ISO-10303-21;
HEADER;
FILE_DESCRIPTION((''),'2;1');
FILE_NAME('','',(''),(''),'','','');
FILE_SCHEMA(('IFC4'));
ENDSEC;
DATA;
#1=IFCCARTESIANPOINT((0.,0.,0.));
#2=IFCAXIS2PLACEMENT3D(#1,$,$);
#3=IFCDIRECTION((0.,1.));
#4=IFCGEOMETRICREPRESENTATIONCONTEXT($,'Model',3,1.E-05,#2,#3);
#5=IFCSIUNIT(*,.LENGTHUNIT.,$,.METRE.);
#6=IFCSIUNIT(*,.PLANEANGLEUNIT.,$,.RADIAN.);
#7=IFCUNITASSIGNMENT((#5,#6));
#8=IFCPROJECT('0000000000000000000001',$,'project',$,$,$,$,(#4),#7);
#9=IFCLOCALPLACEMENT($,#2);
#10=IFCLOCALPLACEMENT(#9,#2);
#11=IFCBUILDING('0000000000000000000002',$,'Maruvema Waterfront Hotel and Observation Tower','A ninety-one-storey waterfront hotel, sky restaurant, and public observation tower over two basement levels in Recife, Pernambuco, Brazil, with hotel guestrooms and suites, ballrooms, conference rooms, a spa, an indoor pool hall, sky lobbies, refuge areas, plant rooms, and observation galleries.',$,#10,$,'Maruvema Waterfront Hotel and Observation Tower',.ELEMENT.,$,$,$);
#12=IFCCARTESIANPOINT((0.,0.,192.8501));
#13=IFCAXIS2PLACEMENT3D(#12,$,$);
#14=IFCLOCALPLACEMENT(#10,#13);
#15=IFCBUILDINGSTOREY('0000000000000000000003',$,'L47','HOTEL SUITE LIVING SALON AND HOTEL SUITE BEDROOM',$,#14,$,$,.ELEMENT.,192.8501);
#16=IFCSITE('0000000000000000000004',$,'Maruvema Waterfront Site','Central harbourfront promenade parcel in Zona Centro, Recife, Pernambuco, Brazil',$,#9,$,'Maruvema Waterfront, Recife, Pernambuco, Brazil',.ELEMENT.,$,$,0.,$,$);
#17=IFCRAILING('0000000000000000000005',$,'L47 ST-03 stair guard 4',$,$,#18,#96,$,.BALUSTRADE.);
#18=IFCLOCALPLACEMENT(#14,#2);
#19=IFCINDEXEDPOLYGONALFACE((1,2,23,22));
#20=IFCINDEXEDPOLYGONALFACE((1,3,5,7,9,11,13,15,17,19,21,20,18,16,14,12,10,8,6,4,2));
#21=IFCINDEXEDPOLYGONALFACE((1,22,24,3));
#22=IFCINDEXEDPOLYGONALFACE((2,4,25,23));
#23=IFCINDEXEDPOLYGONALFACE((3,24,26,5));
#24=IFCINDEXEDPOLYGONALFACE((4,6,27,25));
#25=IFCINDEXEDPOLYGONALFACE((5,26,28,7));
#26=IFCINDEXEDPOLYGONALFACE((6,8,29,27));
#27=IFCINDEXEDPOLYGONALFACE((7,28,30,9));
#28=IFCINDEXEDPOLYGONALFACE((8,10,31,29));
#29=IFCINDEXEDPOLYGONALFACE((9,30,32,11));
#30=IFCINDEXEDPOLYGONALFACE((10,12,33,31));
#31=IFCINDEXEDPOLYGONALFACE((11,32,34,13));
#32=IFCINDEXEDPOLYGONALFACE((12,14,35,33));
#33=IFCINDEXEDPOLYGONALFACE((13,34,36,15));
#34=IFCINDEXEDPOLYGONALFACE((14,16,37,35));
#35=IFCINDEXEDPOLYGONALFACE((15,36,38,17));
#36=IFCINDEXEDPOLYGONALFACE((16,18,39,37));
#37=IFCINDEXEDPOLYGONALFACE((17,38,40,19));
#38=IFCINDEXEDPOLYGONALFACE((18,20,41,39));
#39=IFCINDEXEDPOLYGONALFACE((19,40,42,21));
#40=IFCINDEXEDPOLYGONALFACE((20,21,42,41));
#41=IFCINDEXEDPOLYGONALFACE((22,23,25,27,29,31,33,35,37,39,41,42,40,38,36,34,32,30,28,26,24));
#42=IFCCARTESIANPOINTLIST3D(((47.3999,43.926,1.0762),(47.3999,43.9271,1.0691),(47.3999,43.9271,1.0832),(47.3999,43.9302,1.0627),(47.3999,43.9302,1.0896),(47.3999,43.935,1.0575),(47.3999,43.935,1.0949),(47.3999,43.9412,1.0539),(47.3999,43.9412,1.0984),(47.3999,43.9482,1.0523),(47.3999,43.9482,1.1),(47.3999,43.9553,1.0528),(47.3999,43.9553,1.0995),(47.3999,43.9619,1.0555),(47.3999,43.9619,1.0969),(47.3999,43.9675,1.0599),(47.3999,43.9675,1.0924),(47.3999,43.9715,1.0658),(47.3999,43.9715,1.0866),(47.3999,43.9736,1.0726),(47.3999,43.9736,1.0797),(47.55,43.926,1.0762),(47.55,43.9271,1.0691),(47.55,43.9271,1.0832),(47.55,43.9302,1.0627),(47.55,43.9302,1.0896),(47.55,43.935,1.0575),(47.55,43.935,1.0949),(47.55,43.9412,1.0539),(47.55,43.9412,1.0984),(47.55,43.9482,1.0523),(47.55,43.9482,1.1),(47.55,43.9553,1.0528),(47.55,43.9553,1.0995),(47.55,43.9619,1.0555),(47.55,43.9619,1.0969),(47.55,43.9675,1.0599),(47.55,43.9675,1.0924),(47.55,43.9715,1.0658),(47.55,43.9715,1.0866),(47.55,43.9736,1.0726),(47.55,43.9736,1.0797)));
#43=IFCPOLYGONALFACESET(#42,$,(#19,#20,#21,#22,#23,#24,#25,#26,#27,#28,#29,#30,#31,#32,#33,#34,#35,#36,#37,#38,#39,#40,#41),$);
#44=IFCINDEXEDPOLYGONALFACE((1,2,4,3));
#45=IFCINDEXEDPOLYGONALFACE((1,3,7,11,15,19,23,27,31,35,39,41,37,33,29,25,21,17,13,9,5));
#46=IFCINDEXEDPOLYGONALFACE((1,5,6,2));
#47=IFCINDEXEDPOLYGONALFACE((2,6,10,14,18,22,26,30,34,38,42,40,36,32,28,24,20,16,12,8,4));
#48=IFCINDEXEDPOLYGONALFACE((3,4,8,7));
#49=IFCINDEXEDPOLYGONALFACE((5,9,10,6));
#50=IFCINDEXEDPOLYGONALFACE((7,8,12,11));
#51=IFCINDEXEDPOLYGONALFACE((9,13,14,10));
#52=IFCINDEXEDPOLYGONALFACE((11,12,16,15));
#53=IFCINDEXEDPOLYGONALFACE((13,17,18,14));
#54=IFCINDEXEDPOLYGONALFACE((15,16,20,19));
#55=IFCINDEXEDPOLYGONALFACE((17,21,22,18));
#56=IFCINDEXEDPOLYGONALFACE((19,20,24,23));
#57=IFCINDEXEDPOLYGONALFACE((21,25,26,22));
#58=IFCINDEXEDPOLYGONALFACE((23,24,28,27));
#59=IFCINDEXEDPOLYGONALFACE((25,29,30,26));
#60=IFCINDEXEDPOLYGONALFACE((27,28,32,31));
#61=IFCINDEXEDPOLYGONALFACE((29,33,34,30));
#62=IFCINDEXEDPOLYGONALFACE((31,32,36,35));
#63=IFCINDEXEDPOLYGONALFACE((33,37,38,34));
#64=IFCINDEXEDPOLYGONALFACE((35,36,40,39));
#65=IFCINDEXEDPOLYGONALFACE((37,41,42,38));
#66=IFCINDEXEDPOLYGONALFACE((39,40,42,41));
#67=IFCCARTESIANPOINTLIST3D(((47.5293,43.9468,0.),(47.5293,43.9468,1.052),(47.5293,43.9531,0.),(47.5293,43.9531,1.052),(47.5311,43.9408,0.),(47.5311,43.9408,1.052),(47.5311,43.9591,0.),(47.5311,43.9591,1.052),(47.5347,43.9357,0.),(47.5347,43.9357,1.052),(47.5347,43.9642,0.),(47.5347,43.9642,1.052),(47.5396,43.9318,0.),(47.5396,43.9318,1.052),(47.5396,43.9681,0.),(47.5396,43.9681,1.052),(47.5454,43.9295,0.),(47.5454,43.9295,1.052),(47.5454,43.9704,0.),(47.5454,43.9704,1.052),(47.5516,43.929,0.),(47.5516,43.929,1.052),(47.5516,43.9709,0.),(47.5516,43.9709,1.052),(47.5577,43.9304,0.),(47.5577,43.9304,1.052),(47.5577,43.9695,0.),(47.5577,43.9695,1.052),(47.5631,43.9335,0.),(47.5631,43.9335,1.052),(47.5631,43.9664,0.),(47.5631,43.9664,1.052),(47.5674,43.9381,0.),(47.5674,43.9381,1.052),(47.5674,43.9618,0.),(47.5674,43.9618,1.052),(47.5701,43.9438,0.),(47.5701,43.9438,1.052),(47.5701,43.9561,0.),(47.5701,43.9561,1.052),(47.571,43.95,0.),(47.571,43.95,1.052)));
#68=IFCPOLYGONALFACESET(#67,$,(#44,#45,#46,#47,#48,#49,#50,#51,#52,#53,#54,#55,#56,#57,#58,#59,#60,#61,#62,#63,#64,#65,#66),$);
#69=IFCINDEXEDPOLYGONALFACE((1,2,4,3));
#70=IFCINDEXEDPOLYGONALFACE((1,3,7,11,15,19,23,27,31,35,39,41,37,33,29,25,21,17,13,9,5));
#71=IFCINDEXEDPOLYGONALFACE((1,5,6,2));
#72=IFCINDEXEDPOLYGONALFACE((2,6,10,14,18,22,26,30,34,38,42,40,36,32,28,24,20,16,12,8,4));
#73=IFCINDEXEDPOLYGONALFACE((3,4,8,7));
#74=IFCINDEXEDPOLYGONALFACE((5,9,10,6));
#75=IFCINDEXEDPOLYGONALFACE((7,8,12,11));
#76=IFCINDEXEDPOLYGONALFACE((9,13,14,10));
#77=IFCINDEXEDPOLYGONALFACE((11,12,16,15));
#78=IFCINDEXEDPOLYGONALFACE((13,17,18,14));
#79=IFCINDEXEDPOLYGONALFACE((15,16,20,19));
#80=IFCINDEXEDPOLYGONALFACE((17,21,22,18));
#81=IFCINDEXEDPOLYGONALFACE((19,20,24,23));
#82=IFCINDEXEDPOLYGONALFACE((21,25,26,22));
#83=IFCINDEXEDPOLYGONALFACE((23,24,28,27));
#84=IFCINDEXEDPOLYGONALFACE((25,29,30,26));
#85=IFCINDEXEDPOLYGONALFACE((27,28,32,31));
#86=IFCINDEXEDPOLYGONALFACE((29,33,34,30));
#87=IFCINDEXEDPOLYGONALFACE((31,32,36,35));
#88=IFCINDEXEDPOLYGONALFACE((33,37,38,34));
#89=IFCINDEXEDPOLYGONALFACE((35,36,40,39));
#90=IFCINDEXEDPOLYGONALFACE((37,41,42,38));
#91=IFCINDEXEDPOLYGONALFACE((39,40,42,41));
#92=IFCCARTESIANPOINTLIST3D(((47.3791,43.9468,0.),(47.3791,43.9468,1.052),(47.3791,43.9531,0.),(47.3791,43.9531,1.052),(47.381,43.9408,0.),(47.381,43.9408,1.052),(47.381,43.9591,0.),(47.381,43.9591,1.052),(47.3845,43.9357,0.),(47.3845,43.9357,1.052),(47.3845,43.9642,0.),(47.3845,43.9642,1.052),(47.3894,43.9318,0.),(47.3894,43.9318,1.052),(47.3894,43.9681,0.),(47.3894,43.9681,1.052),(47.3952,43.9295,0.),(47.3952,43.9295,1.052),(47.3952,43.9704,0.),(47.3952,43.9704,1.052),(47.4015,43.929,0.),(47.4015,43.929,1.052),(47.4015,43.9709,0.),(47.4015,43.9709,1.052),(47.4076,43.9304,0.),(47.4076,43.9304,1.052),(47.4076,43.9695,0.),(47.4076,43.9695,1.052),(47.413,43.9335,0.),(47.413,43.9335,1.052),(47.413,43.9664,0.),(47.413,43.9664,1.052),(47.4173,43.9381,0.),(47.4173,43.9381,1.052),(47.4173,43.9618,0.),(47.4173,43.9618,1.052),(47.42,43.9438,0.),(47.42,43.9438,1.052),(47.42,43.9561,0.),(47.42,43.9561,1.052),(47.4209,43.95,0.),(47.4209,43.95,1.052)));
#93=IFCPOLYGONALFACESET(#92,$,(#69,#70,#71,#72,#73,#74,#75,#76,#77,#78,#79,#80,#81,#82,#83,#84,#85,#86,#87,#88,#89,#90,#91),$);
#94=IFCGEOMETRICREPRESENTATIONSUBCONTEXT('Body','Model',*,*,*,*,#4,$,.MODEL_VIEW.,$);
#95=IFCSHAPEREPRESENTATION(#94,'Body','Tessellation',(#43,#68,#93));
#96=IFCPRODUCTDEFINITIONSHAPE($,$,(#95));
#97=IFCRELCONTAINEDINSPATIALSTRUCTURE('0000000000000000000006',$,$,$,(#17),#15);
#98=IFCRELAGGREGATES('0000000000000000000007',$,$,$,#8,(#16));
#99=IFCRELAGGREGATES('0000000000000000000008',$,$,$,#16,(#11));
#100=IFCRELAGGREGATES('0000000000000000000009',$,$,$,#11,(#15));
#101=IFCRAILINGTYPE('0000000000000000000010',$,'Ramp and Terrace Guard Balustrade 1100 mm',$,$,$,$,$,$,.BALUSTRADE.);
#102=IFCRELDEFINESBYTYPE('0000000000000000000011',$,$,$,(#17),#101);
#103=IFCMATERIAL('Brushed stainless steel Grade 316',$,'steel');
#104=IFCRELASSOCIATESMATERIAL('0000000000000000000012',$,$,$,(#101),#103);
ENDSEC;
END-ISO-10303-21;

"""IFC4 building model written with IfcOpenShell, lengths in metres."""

from ifc_helpers import new_model, si_unit, direction, frame, origin, origin_2d, place, context, subcontext, project, spatial, circle, extrude, material, type_object, element, save


model = new_model("IFC4")

# Units and contexts
model_context = context("Model", 3, precision=1e-05, world=origin(), true_north=direction((0.0, 1.0)))
body_context = subcontext(model_context, "Body", "Model", "MODEL_VIEW")
ifc_project = project(units=[si_unit("LENGTHUNIT", "METRE"), si_unit("PLANEANGLEUNIT", "RADIAN")], contexts=[model_context])

# Site, building, storey
site_placement = place(None, origin())
site = spatial("IfcSite", under=ifc_project, at=site_placement, Name="Maruvema Waterfront Site", Description="Central harbourfront promenade parcel in Zona Centro, Recife, Pernambuco, Brazil", LongName="Maruvema Waterfront, Recife, Pernambuco, Brazil", CompositionType="ELEMENT", RefElevation=0.0)
building_placement = place(site_placement, origin())
building = spatial("IfcBuilding", under=site, at=building_placement, Name="Maruvema Waterfront Hotel and Observation Tower", Description="A ninety-one-storey waterfront hotel, sky restaurant, and public observation tower over two basement levels in Recife, Pernambuco, Brazil, with hotel guestrooms and suites, ballrooms, conference rooms, a spa, an indoor pool hall, sky lobbies, refuge areas, plant rooms, and observation galleries.", LongName="Maruvema Waterfront Hotel and Observation Tower", CompositionType="ELEMENT")
storey_placement = place(building_placement, frame((0.0, 0.0, 192.8501)))
storey = spatial("IfcBuildingStorey", under=building, at=storey_placement, Name="L47", Description="HOTEL SUITE LIVING SALON AND HOTEL SUITE BEDROOM", CompositionType="ELEMENT", Elevation=192.8501)

# Railing
ifc_material_1 = material(Name="Brushed stainless steel Grade 316", Category="steel")
railing_type = type_object("IfcRailingType", Name="Ramp and Terrace Guard Balustrade 1100 mm", PredefinedType="BALUSTRADE", material=ifc_material_1)
railing_1_placement = place(storey_placement, frame((47.55, 43.95, 0.0)))
element("IfcRailing", 1, at=railing_1_placement, inside=storey, type_object=railing_type, Name="L47 ST-03 stair guard 4", PredefinedType="BALUSTRADE", context=body_context, shape_type="SweptSolid", body=[
    extrude(circle(Radius=0.0239, at=origin_2d()), frame((0.0, 0.0, 1.0762), z_axis=(-1.0, 0.0, 0.0), x_axis=(0.0, -1.0, 0.0)), (0.0, 0.0, 1.0), 0.1501),
    extrude(circle(Radius=0.021, at=origin_2d()), origin(), (0.0, 0.0, 1.0), 1.052),
    extrude(circle(Radius=0.021, at=origin_2d()), frame((-0.1501, 0.0, 0.0)), (0.0, 0.0, 1.0), 1.052),
])

save(model, "model.ifc")
